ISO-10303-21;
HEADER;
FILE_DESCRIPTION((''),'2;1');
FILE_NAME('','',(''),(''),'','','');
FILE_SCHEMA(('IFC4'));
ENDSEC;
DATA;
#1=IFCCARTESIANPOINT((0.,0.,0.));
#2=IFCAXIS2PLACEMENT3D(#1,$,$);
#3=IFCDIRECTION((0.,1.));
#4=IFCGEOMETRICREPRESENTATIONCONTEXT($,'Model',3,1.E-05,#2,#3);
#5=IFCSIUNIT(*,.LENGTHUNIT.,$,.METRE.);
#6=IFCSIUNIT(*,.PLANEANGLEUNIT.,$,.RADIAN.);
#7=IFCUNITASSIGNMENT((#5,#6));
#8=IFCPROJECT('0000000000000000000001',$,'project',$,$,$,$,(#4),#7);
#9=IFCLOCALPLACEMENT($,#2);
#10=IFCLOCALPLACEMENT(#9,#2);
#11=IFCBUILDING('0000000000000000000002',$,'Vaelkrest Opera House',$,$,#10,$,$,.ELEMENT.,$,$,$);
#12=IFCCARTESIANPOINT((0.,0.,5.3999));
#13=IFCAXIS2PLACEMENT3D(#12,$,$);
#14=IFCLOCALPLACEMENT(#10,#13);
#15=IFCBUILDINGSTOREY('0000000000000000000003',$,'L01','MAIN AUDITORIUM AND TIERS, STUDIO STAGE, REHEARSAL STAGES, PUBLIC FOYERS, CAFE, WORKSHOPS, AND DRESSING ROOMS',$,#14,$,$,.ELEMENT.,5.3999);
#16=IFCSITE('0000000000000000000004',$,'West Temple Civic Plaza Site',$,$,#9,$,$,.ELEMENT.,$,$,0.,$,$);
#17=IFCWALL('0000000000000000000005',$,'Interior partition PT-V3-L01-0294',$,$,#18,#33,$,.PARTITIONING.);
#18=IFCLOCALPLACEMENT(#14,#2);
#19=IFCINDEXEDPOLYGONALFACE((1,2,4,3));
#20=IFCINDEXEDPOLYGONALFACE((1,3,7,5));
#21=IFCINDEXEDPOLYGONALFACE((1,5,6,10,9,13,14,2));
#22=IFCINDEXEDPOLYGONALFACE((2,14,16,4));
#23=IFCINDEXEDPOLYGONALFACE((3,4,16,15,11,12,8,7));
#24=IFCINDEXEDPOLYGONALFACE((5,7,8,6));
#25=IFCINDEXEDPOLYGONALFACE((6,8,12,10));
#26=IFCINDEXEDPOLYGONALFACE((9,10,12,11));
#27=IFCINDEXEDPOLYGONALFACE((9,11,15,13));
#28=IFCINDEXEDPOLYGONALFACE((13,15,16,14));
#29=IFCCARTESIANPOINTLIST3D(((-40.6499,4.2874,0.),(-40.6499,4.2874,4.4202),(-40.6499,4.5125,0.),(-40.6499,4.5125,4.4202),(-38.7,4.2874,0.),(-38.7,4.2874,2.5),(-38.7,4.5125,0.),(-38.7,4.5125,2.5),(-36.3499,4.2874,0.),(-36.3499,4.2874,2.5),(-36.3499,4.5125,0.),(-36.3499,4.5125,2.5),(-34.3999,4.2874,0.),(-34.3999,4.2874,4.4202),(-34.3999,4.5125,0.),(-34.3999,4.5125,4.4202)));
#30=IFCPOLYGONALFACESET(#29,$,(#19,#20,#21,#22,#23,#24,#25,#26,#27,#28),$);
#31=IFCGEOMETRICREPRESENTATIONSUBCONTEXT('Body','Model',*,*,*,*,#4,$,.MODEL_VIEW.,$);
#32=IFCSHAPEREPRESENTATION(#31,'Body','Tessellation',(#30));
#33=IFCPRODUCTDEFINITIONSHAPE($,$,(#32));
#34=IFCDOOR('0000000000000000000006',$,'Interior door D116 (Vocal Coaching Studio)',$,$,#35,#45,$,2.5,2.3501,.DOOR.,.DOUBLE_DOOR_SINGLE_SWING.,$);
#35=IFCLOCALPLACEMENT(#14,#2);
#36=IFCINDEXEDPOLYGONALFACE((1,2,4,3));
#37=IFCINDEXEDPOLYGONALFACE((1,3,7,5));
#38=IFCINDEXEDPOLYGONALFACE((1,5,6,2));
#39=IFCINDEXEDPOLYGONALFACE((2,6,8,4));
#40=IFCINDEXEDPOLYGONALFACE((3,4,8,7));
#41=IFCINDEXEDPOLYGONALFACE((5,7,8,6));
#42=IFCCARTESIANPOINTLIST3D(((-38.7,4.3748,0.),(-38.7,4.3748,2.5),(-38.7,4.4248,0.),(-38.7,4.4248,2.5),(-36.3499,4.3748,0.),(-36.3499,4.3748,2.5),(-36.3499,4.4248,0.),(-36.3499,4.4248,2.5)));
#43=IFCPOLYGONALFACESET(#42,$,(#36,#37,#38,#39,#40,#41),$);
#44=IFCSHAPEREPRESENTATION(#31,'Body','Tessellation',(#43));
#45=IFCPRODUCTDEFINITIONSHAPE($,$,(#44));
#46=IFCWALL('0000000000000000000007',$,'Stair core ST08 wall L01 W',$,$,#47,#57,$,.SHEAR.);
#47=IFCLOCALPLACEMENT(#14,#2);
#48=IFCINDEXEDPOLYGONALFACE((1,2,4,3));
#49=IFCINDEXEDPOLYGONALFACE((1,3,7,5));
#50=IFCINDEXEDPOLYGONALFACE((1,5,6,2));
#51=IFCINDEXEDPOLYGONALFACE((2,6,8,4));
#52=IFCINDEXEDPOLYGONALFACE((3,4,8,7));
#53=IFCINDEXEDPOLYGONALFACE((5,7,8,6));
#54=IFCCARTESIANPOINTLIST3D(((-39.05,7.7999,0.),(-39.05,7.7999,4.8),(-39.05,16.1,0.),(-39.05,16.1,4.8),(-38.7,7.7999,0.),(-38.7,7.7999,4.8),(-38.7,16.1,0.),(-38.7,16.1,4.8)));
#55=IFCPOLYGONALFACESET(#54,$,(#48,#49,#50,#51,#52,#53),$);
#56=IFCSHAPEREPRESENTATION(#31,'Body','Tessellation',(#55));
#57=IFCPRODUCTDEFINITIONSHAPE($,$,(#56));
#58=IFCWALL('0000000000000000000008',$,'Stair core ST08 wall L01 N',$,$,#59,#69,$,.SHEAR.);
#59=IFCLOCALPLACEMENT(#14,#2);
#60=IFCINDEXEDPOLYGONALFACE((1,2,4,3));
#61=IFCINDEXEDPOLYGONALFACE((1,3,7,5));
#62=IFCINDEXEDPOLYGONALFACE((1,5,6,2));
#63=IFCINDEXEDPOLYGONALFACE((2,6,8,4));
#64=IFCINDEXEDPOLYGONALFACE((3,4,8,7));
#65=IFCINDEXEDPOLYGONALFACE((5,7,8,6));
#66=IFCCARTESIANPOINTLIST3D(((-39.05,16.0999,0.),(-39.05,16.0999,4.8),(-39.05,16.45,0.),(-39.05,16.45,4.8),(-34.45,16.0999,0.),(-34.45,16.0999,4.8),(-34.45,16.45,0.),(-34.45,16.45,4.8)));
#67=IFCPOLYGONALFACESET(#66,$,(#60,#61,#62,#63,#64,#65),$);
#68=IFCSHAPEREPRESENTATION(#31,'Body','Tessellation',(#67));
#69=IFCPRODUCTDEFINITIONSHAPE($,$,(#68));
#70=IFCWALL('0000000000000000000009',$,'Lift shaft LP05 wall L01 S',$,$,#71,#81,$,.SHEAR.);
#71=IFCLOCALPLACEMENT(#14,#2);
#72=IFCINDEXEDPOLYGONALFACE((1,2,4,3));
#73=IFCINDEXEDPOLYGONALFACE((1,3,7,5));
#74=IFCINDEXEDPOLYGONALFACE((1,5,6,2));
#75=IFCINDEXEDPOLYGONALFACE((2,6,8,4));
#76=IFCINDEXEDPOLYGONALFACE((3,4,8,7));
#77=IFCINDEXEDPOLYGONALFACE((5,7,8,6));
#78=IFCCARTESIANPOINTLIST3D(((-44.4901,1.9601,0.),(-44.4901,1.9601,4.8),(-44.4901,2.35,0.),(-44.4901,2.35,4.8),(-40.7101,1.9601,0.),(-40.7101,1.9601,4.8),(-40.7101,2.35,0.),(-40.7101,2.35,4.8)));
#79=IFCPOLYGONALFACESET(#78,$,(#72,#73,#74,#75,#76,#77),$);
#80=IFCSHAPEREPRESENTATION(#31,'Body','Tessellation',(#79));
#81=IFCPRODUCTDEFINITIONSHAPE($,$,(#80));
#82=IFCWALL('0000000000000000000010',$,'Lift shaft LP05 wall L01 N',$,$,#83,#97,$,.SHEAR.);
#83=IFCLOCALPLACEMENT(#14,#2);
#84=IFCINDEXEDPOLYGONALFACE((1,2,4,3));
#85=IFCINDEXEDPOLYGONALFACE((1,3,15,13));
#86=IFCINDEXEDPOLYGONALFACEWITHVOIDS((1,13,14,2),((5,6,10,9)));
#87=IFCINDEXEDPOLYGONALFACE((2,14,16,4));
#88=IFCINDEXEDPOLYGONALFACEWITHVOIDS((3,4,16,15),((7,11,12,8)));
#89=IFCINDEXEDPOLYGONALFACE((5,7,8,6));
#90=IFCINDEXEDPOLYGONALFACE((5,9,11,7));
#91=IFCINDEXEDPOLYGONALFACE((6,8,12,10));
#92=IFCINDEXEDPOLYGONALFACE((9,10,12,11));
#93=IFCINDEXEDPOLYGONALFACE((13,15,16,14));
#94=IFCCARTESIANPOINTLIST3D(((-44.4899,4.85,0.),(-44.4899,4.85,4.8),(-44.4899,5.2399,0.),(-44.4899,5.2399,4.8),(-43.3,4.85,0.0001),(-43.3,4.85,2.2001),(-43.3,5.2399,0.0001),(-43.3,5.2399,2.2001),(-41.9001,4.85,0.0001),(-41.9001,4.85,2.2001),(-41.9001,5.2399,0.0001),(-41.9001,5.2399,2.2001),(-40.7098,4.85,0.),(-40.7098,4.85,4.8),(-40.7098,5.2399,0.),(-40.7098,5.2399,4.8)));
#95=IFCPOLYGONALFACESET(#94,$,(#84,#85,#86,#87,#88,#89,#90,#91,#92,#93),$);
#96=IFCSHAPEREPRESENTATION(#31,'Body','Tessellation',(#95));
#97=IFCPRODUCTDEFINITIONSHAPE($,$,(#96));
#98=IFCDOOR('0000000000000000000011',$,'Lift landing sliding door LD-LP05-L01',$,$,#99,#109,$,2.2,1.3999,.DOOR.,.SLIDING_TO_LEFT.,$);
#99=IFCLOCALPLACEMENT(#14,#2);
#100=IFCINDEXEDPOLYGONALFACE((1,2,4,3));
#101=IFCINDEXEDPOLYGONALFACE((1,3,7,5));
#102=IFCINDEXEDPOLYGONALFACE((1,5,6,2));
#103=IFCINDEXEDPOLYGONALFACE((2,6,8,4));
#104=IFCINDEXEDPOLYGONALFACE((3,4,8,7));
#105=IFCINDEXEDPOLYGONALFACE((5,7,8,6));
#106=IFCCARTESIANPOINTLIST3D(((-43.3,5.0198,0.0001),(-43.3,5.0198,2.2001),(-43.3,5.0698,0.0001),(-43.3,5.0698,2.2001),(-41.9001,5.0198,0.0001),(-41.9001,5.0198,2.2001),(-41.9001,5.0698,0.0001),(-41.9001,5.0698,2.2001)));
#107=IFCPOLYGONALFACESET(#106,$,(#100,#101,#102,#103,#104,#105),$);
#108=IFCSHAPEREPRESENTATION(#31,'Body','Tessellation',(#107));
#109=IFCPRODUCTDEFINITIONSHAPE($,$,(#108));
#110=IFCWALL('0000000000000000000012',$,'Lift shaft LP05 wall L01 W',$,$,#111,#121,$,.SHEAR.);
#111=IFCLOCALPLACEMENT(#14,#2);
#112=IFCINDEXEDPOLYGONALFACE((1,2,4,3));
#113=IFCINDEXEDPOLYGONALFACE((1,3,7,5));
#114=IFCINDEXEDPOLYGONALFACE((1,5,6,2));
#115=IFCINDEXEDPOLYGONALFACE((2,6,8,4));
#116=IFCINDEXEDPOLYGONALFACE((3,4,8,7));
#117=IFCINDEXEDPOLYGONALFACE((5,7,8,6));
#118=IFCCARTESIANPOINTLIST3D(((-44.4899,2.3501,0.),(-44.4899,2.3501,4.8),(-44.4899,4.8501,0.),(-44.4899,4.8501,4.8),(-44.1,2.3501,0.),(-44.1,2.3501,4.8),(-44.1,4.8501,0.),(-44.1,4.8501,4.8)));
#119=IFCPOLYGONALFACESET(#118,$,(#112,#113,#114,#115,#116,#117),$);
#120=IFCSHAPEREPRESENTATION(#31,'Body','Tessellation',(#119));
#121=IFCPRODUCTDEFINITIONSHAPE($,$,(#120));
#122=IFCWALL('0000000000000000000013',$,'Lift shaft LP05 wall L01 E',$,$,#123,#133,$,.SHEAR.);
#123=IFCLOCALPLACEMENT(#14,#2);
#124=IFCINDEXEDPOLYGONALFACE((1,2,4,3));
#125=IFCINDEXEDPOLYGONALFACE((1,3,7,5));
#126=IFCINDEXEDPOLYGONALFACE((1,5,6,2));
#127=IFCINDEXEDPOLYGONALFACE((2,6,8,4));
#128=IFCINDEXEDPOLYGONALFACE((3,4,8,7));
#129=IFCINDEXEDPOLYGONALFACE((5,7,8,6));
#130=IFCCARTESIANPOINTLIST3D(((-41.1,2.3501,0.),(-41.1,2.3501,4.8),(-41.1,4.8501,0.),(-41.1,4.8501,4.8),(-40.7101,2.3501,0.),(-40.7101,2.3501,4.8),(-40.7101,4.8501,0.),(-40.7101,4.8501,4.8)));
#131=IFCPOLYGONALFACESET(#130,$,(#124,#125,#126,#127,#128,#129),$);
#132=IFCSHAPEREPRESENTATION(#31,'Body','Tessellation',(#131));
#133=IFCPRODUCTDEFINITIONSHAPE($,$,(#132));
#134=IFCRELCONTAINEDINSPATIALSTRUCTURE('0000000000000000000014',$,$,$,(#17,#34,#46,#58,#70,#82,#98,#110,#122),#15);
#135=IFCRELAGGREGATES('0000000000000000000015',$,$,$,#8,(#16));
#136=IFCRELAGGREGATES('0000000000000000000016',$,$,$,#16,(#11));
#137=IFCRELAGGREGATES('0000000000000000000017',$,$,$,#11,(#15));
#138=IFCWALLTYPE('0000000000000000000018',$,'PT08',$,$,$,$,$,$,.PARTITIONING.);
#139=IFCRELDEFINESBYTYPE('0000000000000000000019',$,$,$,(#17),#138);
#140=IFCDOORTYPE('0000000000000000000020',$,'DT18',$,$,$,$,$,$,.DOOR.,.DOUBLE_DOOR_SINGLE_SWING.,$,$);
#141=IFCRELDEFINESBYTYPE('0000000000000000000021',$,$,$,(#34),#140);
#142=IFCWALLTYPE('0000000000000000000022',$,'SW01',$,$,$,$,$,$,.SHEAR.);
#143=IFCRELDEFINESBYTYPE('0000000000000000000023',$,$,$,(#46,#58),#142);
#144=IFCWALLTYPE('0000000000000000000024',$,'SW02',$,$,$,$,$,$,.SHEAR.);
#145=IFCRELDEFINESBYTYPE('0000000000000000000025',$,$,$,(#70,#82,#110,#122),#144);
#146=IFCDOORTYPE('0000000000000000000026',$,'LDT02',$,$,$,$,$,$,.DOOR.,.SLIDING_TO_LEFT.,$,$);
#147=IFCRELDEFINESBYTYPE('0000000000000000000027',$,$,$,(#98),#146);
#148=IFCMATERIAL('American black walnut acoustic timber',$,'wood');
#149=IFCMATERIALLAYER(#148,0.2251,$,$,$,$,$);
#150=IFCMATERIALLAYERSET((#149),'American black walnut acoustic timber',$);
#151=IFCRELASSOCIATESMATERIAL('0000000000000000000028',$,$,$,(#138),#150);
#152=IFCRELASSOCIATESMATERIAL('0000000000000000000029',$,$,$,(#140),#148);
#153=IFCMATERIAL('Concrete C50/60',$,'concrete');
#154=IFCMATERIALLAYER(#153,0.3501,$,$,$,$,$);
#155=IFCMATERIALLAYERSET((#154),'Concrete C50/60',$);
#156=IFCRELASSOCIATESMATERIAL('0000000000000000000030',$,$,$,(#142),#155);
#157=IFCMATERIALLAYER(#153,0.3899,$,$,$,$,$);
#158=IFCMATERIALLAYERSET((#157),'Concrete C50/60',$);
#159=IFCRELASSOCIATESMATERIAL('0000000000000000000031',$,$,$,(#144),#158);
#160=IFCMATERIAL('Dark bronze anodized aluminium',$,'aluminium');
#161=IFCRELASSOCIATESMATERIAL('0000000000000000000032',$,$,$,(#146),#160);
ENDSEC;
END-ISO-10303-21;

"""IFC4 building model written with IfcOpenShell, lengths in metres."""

from ifc_helpers import new_model, si_unit, direction, frame, frame_2d, origin, place, context, subcontext, project, spatial, rectangle, extrude, material, layer, layer_set, type_object, element, fill, save


model = new_model("IFC4")

# Units and contexts
model_context = context("Model", 3, precision=1e-05, world=origin(), true_north=direction((0.0, 1.0)))
body_context = subcontext(model_context, "Body", "Model", "MODEL_VIEW")
ifc_project = project(units=[si_unit("LENGTHUNIT", "METRE"), si_unit("PLANEANGLEUNIT", "RADIAN")], contexts=[model_context])

# Site, building, storey
site_placement = place(None, origin())
site = spatial("IfcSite", under=ifc_project, at=site_placement, Name="West Temple Civic Plaza Site", CompositionType="ELEMENT", RefElevation=0.0)
building_placement = place(site_placement, origin())
building = spatial("IfcBuilding", under=site, at=building_placement, Name="Vaelkrest Opera House", CompositionType="ELEMENT")
storey_placement = place(building_placement, frame((0.0, 0.0, 5.3999)))
storey = spatial("IfcBuildingStorey", under=building, at=storey_placement, Name="L01", Description="MAIN AUDITORIUM AND TIERS, STUDIO STAGE, REHEARSAL STAGES, PUBLIC FOYERS, CAFE, WORKSHOPS, AND DRESSING ROOMS", CompositionType="ELEMENT", Elevation=5.3999)

# Shared definitions
ifc_material_1 = material(Name="Concrete C50/60", Category="concrete")

# Shared definitions
ifc_material_2 = material(Name="American black walnut acoustic timber", Category="wood")

# Wall, opening, door
ifc_layer_1 = layer(ifc_material_2, 0.2251)
ifc_layer_set_1 = layer_set([ifc_layer_1], Name="American black walnut acoustic timber")
wall_type_1 = type_object("IfcWallType", Name="PT08", PredefinedType="PARTITIONING", material=ifc_layer_set_1)
wall_1_placement = place(storey_placement, frame((-40.6499, 4.3999, 0.0), z_axis=(0.0, 0.0, 1.0), x_axis=(1.0, 0.0, 0.0)))
wall_1 = element("IfcWall", 1, at=wall_1_placement, inside=storey, type_object=wall_type_1, Name="Interior partition PT-V3-L01-0294", PredefinedType="PARTITIONING", context=body_context, shape_type="SweptSolid", body=[
    extrude(rectangle(XDim=6.25, YDim=0.2251, at=frame_2d((3.125, 0.0))), origin(), (0.0, 0.0, 1.0), 4.4202),
])
opening_1_placement = place(wall_1_placement, frame((1.95, 0.0, 0.0)))
opening_1 = element("IfcOpeningElement", 2, at=opening_1_placement, cuts=wall_1, PredefinedType="OPENING", context=body_context, shape_type="SweptSolid", body=[
    extrude(rectangle(XDim=2.3501, YDim=2.5, at=frame_2d((1.175, 1.25))), frame((0.0, 0.1226, 0.0), z_axis=(0.0, -1.0, 0.0), x_axis=(1.0, 0.0, 0.0)), (0.0, 0.0, 1.0), 0.2451),
])
door_type_1 = type_object("IfcDoorType", Name="DT18", OperationType="DOUBLE_DOOR_SINGLE_SWING", PredefinedType="DOOR", material=ifc_material_2)
door_1_placement = place(opening_1_placement, origin())
door_1 = element("IfcDoor", 3, at=door_1_placement, inside=storey, type_object=door_type_1, Name="Interior door D116 (Vocal Coaching Studio)", OperationType="DOUBLE_DOOR_SINGLE_SWING", OverallHeight=2.5, OverallWidth=2.3501, PredefinedType="DOOR", context=body_context, shape_type="SweptSolid", body=[
    extrude(rectangle(XDim=2.3501, YDim=2.5, at=frame_2d((1.175, 1.25))), frame((0.0, 0.0249, 0.0), z_axis=(0.0, -1.0, 0.0), x_axis=(1.0, 0.0, 0.0)), (0.0, 0.0, 1.0), 0.05),
])
fill(opening_1, door_1)

# Walls
ifc_layer_2 = layer(ifc_material_1, 0.3501)
ifc_layer_set_2 = layer_set([ifc_layer_2], Name="Concrete C50/60")
wall_type_2 = type_object("IfcWallType", Name="SW01", PredefinedType="SHEAR", material=ifc_layer_set_2)
wall_2_placement = place(storey_placement, frame((-38.875, 7.8, 0.0), z_axis=(0.0, 0.0, 1.0), x_axis=(0.0, 1.0, 0.0)))
element("IfcWall", 4, at=wall_2_placement, inside=storey, type_object=wall_type_2, Name="Stair core ST08 wall L01 W", PredefinedType="SHEAR", context=body_context, shape_type="SweptSolid", body=[
    extrude(rectangle(XDim=8.3, YDim=0.3501, at=frame_2d((4.1499, 0.0))), origin(), (0.0, 0.0, 1.0), 4.8),
])
wall_3_placement = place(storey_placement, frame((-39.05, 16.2749, 0.0), z_axis=(0.0, 0.0, 1.0), x_axis=(1.0, 0.0, 0.0)))
element("IfcWall", 5, at=wall_3_placement, inside=storey, type_object=wall_type_2, Name="Stair core ST08 wall L01 N", PredefinedType="SHEAR", context=body_context, shape_type="SweptSolid", body=[
    extrude(rectangle(XDim=4.6001, YDim=0.3501, at=frame_2d((2.3, 0.0))), origin(), (0.0, 0.0, 1.0), 4.8),
])
ifc_layer_3 = layer(ifc_material_1, 0.3899)
ifc_layer_set_3 = layer_set([ifc_layer_3], Name="Concrete C50/60")
wall_type_3 = type_object("IfcWallType", Name="SW02", PredefinedType="SHEAR", material=ifc_layer_set_3)
wall_4_placement = place(storey_placement, frame((-40.71, 2.155, 0.0), z_axis=(0.0, 0.0, 1.0), x_axis=(-1.0, 0.0, 0.0)))
element("IfcWall", 6, at=wall_4_placement, inside=storey, type_object=wall_type_3, Name="Lift shaft LP05 wall L01 S", PredefinedType="SHEAR", context=body_context, shape_type="SweptSolid", body=[
    extrude(rectangle(XDim=3.78, YDim=0.3899, at=frame_2d((1.8901, 0.0))), origin(), (0.0, 0.0, 1.0), 4.8),
])

# Wall, opening, door
wall_5_placement = place(storey_placement, frame((-44.49, 5.0449, 0.0), z_axis=(0.0, 0.0, 1.0), x_axis=(1.0, 0.0, 0.0)))
wall_5 = element("IfcWall", 7, at=wall_5_placement, inside=storey, type_object=wall_type_3, Name="Lift shaft LP05 wall L01 N", PredefinedType="SHEAR", context=body_context, shape_type="SweptSolid", body=[
    extrude(rectangle(XDim=3.78, YDim=0.3899, at=frame_2d((1.8901, 0.0))), origin(), (0.0, 0.0, 1.0), 4.8),
])
opening_2_placement = place(wall_5_placement, frame((1.1899, 0.0, 0.0)))
opening_2 = element("IfcOpeningElement", 8, at=opening_2_placement, cuts=wall_5, PredefinedType="OPENING", context=body_context, shape_type="SweptSolid", body=[
    extrude(rectangle(XDim=1.3999, YDim=2.2, at=frame_2d((0.7, 1.1001))), frame((0.0, 0.2048, 0.0), z_axis=(0.0, -1.0, 0.0), x_axis=(1.0, 0.0, 0.0)), (0.0, 0.0, 1.0), 0.4099),
])
ifc_material_3 = material(Name="Dark bronze anodized aluminium", Category="aluminium")
door_type_2 = type_object("IfcDoorType", Name="LDT02", OperationType="SLIDING_TO_LEFT", PredefinedType="DOOR", material=ifc_material_3)
door_2_placement = place(opening_2_placement, origin())
door_2 = element("IfcDoor", 9, at=door_2_placement, inside=storey, type_object=door_type_2, Name="Lift landing sliding door LD-LP05-L01", OperationType="SLIDING_TO_LEFT", OverallHeight=2.2, OverallWidth=1.3999, PredefinedType="DOOR", context=body_context, shape_type="SweptSolid", body=[
    extrude(rectangle(XDim=1.3999, YDim=2.2, at=frame_2d((0.7, 1.1001))), frame((0.0, 0.0249, 0.0), z_axis=(0.0, -1.0, 0.0), x_axis=(1.0, 0.0, 0.0)), (0.0, 0.0, 1.0), 0.05),
])
fill(opening_2, door_2)

# Walls
for number, where, z_axis, x_axis, name in (
    (10, (-44.2949, 2.3501, 0.0), (0.0, 0.0, 1.0), (0.0, 1.0, 0.0), "Lift shaft LP05 wall L01 W"),
    (11, (-40.905, 4.8501, 0.0), (0.0, 0.0, 1.0), (0.0, -1.0, 0.0), "Lift shaft LP05 wall L01 E"),
):
    element("IfcWall", number, at=place(storey_placement, frame(where, z_axis=z_axis, x_axis=x_axis)), inside=storey, type_object=wall_type_3, Name=name, PredefinedType="SHEAR", context=body_context, shape_type="SweptSolid", body=[
        extrude(rectangle(XDim=2.5, YDim=0.3899, at=frame_2d((1.25, 0.0))), origin(), (0.0, 0.0, 1.0), 4.8),
    ])

save(model, "model.ifc")
